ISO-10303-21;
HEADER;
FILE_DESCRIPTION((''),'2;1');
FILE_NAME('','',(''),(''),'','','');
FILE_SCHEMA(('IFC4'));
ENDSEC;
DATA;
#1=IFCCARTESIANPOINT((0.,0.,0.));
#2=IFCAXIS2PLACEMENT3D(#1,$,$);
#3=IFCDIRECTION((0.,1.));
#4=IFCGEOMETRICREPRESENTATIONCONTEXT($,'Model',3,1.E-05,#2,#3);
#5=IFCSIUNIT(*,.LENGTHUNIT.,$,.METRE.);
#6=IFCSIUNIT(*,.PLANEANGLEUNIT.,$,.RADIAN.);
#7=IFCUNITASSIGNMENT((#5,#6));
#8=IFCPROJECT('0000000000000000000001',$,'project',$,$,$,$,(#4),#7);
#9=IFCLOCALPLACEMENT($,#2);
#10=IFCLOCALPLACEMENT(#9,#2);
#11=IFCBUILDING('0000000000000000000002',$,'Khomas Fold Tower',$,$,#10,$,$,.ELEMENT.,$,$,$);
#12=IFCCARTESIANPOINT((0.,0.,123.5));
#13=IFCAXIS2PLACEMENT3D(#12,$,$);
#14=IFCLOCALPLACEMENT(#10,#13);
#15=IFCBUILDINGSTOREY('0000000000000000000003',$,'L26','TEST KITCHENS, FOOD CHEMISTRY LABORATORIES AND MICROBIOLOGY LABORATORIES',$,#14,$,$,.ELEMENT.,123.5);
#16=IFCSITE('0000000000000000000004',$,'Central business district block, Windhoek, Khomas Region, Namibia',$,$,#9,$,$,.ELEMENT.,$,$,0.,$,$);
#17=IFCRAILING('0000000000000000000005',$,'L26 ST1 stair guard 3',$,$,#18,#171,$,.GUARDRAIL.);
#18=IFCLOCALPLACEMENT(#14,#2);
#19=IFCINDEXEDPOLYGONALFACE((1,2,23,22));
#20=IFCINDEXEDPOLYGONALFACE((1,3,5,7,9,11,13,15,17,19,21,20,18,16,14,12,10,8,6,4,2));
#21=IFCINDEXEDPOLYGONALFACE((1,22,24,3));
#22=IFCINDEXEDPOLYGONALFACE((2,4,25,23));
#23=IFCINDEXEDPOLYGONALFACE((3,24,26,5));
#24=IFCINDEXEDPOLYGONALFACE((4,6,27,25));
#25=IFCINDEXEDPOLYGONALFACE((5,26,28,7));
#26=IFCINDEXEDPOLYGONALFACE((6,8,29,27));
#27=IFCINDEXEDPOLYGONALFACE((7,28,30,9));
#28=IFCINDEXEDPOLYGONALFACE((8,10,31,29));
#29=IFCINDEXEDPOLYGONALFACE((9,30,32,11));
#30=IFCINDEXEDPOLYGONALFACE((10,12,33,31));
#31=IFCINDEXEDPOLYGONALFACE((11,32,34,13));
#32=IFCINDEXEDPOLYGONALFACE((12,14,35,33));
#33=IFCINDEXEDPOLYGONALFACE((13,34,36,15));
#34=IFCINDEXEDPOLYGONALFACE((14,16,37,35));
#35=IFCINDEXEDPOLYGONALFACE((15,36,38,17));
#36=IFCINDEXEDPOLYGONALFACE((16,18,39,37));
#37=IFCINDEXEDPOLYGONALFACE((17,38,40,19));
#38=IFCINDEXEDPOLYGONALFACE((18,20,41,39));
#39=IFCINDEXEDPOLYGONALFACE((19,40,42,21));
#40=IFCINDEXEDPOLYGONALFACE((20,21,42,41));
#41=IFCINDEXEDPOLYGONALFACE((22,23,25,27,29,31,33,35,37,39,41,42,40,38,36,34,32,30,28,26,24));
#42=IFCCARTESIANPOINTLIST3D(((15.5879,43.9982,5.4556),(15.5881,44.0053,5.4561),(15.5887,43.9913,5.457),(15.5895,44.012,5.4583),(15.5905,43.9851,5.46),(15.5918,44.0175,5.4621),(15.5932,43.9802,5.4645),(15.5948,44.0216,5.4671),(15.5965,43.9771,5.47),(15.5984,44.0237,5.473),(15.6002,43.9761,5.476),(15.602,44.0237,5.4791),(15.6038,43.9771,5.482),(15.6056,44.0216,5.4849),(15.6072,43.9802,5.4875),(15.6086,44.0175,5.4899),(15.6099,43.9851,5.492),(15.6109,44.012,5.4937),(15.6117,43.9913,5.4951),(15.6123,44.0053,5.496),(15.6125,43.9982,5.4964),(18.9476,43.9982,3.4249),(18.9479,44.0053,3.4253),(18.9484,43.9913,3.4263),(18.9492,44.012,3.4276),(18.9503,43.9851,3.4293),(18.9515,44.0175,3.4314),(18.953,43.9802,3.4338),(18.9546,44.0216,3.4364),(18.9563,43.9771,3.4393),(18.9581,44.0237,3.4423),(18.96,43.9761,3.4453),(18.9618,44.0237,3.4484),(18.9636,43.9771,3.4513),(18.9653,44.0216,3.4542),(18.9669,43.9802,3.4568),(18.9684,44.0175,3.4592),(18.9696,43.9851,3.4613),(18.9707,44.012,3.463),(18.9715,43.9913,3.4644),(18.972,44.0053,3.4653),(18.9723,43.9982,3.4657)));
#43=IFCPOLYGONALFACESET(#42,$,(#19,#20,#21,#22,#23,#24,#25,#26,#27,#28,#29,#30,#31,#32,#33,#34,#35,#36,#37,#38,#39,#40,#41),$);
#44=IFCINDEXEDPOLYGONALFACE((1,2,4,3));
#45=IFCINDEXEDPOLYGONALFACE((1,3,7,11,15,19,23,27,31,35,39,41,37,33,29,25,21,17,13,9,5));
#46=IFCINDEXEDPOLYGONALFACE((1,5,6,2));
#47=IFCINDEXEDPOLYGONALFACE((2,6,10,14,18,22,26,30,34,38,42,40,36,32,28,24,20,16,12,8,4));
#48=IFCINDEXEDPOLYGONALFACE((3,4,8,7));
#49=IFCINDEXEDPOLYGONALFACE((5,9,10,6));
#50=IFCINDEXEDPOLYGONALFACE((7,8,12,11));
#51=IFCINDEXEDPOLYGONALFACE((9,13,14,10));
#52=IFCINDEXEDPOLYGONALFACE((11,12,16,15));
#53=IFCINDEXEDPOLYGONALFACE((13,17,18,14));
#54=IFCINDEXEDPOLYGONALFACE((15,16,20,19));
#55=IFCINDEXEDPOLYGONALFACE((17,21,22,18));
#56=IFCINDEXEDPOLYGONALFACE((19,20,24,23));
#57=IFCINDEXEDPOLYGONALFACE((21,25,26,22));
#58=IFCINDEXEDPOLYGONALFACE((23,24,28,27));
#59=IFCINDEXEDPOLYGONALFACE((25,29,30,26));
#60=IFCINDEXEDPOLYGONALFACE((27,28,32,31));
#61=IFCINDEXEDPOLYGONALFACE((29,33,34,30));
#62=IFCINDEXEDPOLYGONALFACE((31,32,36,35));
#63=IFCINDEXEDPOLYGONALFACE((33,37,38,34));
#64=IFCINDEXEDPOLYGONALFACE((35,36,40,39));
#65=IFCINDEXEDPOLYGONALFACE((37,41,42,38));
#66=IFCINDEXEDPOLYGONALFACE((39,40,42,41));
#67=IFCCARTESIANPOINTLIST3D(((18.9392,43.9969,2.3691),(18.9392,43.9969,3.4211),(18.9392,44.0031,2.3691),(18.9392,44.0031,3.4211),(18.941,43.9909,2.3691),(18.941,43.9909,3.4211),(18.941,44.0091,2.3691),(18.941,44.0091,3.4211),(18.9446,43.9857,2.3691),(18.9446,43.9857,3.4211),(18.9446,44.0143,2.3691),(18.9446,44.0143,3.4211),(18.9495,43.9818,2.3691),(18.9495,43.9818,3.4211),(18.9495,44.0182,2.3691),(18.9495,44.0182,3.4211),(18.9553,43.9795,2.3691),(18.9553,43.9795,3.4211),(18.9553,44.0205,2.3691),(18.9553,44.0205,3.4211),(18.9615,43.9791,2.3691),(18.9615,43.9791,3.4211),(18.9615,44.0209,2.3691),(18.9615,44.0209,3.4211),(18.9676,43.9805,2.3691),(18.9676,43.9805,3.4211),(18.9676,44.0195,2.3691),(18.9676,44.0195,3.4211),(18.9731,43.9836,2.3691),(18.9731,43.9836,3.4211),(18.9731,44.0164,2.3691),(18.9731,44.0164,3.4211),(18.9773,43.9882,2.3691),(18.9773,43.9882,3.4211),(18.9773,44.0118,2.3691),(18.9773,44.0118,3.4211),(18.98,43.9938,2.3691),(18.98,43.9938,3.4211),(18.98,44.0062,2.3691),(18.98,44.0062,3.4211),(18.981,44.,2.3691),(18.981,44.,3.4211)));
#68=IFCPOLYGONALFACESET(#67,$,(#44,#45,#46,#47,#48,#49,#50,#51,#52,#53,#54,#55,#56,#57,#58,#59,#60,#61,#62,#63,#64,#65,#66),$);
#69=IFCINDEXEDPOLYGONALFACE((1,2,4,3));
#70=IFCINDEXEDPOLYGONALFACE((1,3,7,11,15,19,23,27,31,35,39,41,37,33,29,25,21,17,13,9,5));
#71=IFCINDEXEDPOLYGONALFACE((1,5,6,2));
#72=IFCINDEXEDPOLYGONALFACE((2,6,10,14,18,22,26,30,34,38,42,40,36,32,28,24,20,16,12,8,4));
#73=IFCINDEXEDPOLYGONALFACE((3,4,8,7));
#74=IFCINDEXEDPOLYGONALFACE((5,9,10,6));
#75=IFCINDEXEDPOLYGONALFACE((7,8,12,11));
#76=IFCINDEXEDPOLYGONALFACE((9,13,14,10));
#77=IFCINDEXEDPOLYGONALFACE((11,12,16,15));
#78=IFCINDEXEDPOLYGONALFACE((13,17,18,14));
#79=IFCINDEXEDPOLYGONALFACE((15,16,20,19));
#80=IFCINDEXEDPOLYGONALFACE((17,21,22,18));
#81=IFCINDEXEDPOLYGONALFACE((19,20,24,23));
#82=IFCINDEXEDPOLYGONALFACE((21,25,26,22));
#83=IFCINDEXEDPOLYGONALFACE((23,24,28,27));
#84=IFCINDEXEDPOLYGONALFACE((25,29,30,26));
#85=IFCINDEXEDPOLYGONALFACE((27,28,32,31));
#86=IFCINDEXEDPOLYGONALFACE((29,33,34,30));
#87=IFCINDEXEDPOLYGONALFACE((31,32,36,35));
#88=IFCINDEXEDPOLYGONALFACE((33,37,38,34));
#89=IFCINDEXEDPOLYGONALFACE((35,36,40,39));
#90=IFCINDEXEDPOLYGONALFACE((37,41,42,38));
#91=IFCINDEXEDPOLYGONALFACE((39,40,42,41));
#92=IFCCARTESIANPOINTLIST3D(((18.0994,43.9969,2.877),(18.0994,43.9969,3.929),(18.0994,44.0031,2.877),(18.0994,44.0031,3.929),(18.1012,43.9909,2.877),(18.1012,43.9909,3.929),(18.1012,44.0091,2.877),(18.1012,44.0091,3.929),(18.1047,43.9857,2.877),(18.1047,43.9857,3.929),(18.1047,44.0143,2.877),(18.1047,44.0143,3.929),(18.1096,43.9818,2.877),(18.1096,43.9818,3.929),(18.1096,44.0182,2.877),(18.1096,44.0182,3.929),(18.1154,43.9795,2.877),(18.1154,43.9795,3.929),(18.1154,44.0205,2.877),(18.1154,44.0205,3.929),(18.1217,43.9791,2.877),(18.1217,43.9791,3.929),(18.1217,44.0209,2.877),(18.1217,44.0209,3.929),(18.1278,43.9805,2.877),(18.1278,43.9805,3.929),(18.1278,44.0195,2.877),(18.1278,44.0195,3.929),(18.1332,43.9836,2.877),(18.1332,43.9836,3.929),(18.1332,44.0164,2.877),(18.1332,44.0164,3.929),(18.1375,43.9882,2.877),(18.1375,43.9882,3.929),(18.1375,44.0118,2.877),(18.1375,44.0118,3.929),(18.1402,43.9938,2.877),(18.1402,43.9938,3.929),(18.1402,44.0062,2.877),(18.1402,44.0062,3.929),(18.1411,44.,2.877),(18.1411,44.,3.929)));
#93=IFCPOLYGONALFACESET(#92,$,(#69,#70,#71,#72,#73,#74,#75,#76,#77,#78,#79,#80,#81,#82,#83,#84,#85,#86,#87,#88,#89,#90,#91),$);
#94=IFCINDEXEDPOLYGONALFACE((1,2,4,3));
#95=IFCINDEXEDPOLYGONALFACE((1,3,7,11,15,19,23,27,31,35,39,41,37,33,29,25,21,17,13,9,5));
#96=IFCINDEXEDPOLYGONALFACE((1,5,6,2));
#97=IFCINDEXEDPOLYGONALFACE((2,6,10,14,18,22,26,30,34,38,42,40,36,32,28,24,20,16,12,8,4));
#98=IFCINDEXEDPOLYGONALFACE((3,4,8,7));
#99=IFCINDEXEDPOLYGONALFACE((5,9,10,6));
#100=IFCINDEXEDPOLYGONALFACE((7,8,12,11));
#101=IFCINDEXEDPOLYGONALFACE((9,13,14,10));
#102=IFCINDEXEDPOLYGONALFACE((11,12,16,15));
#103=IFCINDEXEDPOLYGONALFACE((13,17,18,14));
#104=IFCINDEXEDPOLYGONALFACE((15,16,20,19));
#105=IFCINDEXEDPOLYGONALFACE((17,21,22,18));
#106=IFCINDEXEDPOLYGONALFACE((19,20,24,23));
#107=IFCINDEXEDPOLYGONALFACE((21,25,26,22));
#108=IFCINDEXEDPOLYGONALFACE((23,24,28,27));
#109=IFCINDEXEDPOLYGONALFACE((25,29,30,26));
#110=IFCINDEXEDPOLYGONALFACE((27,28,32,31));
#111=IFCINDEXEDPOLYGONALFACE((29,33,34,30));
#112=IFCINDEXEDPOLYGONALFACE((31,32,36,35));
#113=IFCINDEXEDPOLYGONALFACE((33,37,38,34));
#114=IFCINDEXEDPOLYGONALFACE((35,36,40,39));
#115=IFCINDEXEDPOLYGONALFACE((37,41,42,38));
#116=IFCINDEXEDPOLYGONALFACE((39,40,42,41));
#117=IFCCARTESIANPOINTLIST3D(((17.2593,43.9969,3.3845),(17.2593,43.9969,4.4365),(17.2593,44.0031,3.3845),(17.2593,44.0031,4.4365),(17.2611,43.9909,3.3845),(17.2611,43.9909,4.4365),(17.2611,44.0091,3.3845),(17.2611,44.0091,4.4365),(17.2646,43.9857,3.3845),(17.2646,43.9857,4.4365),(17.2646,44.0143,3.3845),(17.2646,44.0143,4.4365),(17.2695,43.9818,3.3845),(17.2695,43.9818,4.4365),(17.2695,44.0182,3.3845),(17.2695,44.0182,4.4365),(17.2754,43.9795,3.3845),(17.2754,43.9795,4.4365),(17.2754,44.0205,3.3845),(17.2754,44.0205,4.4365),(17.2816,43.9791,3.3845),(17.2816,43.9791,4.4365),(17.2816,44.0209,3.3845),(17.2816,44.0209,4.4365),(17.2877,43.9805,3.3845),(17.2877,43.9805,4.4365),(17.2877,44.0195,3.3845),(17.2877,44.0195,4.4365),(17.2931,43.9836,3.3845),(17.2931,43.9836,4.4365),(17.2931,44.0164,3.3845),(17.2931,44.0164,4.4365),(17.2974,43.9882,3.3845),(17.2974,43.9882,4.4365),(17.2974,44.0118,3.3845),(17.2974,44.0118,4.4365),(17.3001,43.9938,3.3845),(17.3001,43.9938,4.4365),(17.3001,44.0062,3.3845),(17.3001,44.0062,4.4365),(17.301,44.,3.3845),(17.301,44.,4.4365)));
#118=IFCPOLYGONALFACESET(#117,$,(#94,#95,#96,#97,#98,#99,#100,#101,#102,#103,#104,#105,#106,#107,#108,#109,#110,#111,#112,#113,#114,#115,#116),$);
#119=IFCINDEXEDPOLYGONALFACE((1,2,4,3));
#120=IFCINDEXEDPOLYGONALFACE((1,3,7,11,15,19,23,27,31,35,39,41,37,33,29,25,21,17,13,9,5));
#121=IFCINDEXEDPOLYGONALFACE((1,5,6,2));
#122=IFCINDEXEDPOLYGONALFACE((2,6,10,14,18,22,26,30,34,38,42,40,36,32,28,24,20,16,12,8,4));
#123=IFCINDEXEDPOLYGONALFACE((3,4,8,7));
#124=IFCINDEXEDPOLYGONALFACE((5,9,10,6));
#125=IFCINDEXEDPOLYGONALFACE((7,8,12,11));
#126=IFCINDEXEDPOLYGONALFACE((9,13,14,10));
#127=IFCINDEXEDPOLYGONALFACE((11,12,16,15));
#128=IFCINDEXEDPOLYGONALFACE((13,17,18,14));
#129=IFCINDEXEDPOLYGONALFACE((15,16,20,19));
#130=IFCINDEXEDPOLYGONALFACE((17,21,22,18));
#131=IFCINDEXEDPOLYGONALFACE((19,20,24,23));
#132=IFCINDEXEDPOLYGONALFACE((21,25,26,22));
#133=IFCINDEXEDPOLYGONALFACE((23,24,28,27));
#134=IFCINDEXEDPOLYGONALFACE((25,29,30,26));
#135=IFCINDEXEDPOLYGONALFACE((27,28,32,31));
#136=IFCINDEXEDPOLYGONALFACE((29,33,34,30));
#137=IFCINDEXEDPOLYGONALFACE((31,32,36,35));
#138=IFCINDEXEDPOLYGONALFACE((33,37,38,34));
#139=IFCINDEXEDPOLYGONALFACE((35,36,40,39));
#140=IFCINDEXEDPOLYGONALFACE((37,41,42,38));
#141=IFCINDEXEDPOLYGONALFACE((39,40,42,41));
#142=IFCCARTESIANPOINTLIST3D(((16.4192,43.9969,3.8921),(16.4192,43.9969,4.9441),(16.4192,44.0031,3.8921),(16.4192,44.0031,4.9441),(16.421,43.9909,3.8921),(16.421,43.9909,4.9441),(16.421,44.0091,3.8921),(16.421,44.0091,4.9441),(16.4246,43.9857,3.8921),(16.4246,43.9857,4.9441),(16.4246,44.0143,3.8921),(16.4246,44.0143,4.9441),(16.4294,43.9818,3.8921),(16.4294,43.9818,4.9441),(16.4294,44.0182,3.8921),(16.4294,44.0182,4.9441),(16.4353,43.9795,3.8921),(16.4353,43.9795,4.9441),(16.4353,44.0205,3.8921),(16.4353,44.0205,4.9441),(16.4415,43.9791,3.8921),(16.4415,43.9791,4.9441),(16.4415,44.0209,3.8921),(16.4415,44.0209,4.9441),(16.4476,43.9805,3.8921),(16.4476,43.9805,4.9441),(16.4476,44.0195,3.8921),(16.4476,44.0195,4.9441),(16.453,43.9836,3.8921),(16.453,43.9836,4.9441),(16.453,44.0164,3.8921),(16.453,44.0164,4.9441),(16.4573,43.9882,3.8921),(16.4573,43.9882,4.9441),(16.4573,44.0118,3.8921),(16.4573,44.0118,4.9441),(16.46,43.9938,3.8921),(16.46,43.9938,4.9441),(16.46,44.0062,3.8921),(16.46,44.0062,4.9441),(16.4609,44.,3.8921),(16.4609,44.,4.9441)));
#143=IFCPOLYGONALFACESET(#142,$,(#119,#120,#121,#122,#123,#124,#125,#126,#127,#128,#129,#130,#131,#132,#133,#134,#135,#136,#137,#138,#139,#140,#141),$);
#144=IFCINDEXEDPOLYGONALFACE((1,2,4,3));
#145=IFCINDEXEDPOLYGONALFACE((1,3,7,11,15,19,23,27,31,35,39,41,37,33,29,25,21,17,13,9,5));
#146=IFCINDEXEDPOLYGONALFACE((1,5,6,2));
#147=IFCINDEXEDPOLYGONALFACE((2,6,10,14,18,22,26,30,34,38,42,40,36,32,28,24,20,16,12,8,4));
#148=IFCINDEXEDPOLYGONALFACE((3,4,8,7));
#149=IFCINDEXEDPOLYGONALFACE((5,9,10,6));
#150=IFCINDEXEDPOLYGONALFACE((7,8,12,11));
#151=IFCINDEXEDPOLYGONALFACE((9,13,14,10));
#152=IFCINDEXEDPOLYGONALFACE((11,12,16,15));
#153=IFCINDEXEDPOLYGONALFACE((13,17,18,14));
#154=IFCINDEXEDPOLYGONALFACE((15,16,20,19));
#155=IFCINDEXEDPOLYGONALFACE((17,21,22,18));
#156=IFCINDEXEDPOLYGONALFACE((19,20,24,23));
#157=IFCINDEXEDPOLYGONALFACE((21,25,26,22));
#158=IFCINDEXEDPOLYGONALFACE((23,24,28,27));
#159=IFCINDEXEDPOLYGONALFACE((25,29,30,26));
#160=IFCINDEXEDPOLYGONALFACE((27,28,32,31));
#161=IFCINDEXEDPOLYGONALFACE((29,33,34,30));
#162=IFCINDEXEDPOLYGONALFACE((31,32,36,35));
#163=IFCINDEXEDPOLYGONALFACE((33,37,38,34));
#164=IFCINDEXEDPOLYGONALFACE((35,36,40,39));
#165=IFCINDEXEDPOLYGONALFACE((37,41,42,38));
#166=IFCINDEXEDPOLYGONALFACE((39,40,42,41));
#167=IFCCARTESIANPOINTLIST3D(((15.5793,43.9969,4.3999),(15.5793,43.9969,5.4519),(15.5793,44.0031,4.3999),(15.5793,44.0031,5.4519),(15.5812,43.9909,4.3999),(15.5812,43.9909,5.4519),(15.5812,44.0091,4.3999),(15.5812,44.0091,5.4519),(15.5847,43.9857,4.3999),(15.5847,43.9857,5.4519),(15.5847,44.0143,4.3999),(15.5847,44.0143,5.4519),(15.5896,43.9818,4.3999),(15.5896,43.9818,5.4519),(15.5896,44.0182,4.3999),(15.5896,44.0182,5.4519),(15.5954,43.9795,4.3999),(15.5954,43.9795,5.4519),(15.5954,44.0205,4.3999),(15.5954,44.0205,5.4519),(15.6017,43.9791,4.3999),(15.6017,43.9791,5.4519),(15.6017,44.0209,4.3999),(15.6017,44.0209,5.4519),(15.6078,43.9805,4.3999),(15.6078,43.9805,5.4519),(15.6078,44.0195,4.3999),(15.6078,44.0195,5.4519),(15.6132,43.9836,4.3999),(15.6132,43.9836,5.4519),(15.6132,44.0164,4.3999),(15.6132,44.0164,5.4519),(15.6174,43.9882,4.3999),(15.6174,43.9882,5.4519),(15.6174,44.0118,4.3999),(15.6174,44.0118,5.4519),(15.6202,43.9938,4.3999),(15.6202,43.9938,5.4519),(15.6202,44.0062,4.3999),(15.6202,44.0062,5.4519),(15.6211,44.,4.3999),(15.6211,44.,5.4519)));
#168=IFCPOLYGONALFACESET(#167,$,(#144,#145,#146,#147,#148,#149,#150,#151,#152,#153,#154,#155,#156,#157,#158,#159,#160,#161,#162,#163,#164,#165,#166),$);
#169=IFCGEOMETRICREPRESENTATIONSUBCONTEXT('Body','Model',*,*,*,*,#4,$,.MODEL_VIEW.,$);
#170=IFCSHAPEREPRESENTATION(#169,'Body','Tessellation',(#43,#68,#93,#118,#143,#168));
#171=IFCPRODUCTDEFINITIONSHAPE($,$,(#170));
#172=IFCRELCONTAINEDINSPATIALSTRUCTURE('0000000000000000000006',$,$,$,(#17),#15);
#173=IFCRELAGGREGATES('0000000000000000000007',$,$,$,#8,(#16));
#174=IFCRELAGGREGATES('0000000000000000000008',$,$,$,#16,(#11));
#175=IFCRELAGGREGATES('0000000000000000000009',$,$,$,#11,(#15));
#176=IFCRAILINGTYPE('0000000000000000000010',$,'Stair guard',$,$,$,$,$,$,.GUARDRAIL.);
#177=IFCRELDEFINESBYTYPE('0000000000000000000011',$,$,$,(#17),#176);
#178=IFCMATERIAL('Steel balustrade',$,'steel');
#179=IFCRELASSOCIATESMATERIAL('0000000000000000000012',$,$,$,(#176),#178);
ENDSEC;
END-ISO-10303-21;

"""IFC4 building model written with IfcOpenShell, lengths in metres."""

from ifc_helpers import new_model, si_unit, direction, frame, origin, origin_2d, place, context, subcontext, project, spatial, circle, extrude, source, transform, mapped, material, type_object, element, save


model = new_model("IFC4")

# Units and contexts
model_context = context("Model", 3, precision=1e-05, world=origin(), true_north=direction((0.0, 1.0)))
body_context = subcontext(model_context, "Body", "Model", "MODEL_VIEW")
ifc_project = project(units=[si_unit("LENGTHUNIT", "METRE"), si_unit("PLANEANGLEUNIT", "RADIAN")], contexts=[model_context])

# Site, building, storey
site_placement = place(None, origin())
site = spatial("IfcSite", under=ifc_project, at=site_placement, Name="Central business district block, Windhoek, Khomas Region, Namibia", CompositionType="ELEMENT", RefElevation=0.0)
building_placement = place(site_placement, origin())
building = spatial("IfcBuilding", under=site, at=building_placement, Name="Khomas Fold Tower", CompositionType="ELEMENT")
storey_placement = place(building_placement, frame((0.0, 0.0, 123.5)))
storey = spatial("IfcBuildingStorey", under=building, at=storey_placement, Name="L26", Description="TEST KITCHENS, FOOD CHEMISTRY LABORATORIES AND MICROBIOLOGY LABORATORIES", CompositionType="ELEMENT", Elevation=123.5)

# Railing
ifc_material_1 = material(Name="Steel balustrade", Category="steel")
railing_type_1 = type_object("IfcRailingType", Name="Stair guard", PredefinedType="GUARDRAIL", material=ifc_material_1)
shared_shape_1 = source(origin(), body_context, "Body", "SweptSolid", [
    extrude(circle(Radius=0.0239, at=origin_2d()), frame((0.0, 0.0, 1.0762), z_axis=(-0.85582, 0.0, 0.517273), x_axis=(0.0, -1.0, 0.0)), (0.0, 0.0, 1.0), 3.9258),
    extrude(circle(Radius=0.021, at=origin_2d()), origin(), (0.0, 0.0, 1.0), 1.052),
    extrude(circle(Radius=0.021, at=origin_2d()), frame((-0.8398, 0.0, 0.5078)), (0.0, 0.0, 1.0), 1.052),
    extrude(circle(Radius=0.021, at=origin_2d()), frame((-1.6799, 0.0, 1.0154)), (0.0, 0.0, 1.0), 1.052),
    extrude(circle(Radius=0.021, at=origin_2d()), frame((-2.52, 0.0, 1.5229)), (0.0, 0.0, 1.0), 1.052),
    extrude(circle(Radius=0.021, at=origin_2d()), frame((-3.3599, 0.0, 2.0308)), (0.0, 0.0, 1.0), 1.052),
])
railing_1_placement = place(storey_placement, frame((18.96, 44.0, 2.3691)))
element("IfcRailing", 1, at=railing_1_placement, inside=storey, type_object=railing_type_1, Name="L26 ST1 stair guard 3", PredefinedType="GUARDRAIL", context=body_context, shape_type="MappedRepresentation", body=[
    mapped(shared_shape_1, transform((0.0, 0.0, 0.0))),
])

save(model, "model.ifc")
